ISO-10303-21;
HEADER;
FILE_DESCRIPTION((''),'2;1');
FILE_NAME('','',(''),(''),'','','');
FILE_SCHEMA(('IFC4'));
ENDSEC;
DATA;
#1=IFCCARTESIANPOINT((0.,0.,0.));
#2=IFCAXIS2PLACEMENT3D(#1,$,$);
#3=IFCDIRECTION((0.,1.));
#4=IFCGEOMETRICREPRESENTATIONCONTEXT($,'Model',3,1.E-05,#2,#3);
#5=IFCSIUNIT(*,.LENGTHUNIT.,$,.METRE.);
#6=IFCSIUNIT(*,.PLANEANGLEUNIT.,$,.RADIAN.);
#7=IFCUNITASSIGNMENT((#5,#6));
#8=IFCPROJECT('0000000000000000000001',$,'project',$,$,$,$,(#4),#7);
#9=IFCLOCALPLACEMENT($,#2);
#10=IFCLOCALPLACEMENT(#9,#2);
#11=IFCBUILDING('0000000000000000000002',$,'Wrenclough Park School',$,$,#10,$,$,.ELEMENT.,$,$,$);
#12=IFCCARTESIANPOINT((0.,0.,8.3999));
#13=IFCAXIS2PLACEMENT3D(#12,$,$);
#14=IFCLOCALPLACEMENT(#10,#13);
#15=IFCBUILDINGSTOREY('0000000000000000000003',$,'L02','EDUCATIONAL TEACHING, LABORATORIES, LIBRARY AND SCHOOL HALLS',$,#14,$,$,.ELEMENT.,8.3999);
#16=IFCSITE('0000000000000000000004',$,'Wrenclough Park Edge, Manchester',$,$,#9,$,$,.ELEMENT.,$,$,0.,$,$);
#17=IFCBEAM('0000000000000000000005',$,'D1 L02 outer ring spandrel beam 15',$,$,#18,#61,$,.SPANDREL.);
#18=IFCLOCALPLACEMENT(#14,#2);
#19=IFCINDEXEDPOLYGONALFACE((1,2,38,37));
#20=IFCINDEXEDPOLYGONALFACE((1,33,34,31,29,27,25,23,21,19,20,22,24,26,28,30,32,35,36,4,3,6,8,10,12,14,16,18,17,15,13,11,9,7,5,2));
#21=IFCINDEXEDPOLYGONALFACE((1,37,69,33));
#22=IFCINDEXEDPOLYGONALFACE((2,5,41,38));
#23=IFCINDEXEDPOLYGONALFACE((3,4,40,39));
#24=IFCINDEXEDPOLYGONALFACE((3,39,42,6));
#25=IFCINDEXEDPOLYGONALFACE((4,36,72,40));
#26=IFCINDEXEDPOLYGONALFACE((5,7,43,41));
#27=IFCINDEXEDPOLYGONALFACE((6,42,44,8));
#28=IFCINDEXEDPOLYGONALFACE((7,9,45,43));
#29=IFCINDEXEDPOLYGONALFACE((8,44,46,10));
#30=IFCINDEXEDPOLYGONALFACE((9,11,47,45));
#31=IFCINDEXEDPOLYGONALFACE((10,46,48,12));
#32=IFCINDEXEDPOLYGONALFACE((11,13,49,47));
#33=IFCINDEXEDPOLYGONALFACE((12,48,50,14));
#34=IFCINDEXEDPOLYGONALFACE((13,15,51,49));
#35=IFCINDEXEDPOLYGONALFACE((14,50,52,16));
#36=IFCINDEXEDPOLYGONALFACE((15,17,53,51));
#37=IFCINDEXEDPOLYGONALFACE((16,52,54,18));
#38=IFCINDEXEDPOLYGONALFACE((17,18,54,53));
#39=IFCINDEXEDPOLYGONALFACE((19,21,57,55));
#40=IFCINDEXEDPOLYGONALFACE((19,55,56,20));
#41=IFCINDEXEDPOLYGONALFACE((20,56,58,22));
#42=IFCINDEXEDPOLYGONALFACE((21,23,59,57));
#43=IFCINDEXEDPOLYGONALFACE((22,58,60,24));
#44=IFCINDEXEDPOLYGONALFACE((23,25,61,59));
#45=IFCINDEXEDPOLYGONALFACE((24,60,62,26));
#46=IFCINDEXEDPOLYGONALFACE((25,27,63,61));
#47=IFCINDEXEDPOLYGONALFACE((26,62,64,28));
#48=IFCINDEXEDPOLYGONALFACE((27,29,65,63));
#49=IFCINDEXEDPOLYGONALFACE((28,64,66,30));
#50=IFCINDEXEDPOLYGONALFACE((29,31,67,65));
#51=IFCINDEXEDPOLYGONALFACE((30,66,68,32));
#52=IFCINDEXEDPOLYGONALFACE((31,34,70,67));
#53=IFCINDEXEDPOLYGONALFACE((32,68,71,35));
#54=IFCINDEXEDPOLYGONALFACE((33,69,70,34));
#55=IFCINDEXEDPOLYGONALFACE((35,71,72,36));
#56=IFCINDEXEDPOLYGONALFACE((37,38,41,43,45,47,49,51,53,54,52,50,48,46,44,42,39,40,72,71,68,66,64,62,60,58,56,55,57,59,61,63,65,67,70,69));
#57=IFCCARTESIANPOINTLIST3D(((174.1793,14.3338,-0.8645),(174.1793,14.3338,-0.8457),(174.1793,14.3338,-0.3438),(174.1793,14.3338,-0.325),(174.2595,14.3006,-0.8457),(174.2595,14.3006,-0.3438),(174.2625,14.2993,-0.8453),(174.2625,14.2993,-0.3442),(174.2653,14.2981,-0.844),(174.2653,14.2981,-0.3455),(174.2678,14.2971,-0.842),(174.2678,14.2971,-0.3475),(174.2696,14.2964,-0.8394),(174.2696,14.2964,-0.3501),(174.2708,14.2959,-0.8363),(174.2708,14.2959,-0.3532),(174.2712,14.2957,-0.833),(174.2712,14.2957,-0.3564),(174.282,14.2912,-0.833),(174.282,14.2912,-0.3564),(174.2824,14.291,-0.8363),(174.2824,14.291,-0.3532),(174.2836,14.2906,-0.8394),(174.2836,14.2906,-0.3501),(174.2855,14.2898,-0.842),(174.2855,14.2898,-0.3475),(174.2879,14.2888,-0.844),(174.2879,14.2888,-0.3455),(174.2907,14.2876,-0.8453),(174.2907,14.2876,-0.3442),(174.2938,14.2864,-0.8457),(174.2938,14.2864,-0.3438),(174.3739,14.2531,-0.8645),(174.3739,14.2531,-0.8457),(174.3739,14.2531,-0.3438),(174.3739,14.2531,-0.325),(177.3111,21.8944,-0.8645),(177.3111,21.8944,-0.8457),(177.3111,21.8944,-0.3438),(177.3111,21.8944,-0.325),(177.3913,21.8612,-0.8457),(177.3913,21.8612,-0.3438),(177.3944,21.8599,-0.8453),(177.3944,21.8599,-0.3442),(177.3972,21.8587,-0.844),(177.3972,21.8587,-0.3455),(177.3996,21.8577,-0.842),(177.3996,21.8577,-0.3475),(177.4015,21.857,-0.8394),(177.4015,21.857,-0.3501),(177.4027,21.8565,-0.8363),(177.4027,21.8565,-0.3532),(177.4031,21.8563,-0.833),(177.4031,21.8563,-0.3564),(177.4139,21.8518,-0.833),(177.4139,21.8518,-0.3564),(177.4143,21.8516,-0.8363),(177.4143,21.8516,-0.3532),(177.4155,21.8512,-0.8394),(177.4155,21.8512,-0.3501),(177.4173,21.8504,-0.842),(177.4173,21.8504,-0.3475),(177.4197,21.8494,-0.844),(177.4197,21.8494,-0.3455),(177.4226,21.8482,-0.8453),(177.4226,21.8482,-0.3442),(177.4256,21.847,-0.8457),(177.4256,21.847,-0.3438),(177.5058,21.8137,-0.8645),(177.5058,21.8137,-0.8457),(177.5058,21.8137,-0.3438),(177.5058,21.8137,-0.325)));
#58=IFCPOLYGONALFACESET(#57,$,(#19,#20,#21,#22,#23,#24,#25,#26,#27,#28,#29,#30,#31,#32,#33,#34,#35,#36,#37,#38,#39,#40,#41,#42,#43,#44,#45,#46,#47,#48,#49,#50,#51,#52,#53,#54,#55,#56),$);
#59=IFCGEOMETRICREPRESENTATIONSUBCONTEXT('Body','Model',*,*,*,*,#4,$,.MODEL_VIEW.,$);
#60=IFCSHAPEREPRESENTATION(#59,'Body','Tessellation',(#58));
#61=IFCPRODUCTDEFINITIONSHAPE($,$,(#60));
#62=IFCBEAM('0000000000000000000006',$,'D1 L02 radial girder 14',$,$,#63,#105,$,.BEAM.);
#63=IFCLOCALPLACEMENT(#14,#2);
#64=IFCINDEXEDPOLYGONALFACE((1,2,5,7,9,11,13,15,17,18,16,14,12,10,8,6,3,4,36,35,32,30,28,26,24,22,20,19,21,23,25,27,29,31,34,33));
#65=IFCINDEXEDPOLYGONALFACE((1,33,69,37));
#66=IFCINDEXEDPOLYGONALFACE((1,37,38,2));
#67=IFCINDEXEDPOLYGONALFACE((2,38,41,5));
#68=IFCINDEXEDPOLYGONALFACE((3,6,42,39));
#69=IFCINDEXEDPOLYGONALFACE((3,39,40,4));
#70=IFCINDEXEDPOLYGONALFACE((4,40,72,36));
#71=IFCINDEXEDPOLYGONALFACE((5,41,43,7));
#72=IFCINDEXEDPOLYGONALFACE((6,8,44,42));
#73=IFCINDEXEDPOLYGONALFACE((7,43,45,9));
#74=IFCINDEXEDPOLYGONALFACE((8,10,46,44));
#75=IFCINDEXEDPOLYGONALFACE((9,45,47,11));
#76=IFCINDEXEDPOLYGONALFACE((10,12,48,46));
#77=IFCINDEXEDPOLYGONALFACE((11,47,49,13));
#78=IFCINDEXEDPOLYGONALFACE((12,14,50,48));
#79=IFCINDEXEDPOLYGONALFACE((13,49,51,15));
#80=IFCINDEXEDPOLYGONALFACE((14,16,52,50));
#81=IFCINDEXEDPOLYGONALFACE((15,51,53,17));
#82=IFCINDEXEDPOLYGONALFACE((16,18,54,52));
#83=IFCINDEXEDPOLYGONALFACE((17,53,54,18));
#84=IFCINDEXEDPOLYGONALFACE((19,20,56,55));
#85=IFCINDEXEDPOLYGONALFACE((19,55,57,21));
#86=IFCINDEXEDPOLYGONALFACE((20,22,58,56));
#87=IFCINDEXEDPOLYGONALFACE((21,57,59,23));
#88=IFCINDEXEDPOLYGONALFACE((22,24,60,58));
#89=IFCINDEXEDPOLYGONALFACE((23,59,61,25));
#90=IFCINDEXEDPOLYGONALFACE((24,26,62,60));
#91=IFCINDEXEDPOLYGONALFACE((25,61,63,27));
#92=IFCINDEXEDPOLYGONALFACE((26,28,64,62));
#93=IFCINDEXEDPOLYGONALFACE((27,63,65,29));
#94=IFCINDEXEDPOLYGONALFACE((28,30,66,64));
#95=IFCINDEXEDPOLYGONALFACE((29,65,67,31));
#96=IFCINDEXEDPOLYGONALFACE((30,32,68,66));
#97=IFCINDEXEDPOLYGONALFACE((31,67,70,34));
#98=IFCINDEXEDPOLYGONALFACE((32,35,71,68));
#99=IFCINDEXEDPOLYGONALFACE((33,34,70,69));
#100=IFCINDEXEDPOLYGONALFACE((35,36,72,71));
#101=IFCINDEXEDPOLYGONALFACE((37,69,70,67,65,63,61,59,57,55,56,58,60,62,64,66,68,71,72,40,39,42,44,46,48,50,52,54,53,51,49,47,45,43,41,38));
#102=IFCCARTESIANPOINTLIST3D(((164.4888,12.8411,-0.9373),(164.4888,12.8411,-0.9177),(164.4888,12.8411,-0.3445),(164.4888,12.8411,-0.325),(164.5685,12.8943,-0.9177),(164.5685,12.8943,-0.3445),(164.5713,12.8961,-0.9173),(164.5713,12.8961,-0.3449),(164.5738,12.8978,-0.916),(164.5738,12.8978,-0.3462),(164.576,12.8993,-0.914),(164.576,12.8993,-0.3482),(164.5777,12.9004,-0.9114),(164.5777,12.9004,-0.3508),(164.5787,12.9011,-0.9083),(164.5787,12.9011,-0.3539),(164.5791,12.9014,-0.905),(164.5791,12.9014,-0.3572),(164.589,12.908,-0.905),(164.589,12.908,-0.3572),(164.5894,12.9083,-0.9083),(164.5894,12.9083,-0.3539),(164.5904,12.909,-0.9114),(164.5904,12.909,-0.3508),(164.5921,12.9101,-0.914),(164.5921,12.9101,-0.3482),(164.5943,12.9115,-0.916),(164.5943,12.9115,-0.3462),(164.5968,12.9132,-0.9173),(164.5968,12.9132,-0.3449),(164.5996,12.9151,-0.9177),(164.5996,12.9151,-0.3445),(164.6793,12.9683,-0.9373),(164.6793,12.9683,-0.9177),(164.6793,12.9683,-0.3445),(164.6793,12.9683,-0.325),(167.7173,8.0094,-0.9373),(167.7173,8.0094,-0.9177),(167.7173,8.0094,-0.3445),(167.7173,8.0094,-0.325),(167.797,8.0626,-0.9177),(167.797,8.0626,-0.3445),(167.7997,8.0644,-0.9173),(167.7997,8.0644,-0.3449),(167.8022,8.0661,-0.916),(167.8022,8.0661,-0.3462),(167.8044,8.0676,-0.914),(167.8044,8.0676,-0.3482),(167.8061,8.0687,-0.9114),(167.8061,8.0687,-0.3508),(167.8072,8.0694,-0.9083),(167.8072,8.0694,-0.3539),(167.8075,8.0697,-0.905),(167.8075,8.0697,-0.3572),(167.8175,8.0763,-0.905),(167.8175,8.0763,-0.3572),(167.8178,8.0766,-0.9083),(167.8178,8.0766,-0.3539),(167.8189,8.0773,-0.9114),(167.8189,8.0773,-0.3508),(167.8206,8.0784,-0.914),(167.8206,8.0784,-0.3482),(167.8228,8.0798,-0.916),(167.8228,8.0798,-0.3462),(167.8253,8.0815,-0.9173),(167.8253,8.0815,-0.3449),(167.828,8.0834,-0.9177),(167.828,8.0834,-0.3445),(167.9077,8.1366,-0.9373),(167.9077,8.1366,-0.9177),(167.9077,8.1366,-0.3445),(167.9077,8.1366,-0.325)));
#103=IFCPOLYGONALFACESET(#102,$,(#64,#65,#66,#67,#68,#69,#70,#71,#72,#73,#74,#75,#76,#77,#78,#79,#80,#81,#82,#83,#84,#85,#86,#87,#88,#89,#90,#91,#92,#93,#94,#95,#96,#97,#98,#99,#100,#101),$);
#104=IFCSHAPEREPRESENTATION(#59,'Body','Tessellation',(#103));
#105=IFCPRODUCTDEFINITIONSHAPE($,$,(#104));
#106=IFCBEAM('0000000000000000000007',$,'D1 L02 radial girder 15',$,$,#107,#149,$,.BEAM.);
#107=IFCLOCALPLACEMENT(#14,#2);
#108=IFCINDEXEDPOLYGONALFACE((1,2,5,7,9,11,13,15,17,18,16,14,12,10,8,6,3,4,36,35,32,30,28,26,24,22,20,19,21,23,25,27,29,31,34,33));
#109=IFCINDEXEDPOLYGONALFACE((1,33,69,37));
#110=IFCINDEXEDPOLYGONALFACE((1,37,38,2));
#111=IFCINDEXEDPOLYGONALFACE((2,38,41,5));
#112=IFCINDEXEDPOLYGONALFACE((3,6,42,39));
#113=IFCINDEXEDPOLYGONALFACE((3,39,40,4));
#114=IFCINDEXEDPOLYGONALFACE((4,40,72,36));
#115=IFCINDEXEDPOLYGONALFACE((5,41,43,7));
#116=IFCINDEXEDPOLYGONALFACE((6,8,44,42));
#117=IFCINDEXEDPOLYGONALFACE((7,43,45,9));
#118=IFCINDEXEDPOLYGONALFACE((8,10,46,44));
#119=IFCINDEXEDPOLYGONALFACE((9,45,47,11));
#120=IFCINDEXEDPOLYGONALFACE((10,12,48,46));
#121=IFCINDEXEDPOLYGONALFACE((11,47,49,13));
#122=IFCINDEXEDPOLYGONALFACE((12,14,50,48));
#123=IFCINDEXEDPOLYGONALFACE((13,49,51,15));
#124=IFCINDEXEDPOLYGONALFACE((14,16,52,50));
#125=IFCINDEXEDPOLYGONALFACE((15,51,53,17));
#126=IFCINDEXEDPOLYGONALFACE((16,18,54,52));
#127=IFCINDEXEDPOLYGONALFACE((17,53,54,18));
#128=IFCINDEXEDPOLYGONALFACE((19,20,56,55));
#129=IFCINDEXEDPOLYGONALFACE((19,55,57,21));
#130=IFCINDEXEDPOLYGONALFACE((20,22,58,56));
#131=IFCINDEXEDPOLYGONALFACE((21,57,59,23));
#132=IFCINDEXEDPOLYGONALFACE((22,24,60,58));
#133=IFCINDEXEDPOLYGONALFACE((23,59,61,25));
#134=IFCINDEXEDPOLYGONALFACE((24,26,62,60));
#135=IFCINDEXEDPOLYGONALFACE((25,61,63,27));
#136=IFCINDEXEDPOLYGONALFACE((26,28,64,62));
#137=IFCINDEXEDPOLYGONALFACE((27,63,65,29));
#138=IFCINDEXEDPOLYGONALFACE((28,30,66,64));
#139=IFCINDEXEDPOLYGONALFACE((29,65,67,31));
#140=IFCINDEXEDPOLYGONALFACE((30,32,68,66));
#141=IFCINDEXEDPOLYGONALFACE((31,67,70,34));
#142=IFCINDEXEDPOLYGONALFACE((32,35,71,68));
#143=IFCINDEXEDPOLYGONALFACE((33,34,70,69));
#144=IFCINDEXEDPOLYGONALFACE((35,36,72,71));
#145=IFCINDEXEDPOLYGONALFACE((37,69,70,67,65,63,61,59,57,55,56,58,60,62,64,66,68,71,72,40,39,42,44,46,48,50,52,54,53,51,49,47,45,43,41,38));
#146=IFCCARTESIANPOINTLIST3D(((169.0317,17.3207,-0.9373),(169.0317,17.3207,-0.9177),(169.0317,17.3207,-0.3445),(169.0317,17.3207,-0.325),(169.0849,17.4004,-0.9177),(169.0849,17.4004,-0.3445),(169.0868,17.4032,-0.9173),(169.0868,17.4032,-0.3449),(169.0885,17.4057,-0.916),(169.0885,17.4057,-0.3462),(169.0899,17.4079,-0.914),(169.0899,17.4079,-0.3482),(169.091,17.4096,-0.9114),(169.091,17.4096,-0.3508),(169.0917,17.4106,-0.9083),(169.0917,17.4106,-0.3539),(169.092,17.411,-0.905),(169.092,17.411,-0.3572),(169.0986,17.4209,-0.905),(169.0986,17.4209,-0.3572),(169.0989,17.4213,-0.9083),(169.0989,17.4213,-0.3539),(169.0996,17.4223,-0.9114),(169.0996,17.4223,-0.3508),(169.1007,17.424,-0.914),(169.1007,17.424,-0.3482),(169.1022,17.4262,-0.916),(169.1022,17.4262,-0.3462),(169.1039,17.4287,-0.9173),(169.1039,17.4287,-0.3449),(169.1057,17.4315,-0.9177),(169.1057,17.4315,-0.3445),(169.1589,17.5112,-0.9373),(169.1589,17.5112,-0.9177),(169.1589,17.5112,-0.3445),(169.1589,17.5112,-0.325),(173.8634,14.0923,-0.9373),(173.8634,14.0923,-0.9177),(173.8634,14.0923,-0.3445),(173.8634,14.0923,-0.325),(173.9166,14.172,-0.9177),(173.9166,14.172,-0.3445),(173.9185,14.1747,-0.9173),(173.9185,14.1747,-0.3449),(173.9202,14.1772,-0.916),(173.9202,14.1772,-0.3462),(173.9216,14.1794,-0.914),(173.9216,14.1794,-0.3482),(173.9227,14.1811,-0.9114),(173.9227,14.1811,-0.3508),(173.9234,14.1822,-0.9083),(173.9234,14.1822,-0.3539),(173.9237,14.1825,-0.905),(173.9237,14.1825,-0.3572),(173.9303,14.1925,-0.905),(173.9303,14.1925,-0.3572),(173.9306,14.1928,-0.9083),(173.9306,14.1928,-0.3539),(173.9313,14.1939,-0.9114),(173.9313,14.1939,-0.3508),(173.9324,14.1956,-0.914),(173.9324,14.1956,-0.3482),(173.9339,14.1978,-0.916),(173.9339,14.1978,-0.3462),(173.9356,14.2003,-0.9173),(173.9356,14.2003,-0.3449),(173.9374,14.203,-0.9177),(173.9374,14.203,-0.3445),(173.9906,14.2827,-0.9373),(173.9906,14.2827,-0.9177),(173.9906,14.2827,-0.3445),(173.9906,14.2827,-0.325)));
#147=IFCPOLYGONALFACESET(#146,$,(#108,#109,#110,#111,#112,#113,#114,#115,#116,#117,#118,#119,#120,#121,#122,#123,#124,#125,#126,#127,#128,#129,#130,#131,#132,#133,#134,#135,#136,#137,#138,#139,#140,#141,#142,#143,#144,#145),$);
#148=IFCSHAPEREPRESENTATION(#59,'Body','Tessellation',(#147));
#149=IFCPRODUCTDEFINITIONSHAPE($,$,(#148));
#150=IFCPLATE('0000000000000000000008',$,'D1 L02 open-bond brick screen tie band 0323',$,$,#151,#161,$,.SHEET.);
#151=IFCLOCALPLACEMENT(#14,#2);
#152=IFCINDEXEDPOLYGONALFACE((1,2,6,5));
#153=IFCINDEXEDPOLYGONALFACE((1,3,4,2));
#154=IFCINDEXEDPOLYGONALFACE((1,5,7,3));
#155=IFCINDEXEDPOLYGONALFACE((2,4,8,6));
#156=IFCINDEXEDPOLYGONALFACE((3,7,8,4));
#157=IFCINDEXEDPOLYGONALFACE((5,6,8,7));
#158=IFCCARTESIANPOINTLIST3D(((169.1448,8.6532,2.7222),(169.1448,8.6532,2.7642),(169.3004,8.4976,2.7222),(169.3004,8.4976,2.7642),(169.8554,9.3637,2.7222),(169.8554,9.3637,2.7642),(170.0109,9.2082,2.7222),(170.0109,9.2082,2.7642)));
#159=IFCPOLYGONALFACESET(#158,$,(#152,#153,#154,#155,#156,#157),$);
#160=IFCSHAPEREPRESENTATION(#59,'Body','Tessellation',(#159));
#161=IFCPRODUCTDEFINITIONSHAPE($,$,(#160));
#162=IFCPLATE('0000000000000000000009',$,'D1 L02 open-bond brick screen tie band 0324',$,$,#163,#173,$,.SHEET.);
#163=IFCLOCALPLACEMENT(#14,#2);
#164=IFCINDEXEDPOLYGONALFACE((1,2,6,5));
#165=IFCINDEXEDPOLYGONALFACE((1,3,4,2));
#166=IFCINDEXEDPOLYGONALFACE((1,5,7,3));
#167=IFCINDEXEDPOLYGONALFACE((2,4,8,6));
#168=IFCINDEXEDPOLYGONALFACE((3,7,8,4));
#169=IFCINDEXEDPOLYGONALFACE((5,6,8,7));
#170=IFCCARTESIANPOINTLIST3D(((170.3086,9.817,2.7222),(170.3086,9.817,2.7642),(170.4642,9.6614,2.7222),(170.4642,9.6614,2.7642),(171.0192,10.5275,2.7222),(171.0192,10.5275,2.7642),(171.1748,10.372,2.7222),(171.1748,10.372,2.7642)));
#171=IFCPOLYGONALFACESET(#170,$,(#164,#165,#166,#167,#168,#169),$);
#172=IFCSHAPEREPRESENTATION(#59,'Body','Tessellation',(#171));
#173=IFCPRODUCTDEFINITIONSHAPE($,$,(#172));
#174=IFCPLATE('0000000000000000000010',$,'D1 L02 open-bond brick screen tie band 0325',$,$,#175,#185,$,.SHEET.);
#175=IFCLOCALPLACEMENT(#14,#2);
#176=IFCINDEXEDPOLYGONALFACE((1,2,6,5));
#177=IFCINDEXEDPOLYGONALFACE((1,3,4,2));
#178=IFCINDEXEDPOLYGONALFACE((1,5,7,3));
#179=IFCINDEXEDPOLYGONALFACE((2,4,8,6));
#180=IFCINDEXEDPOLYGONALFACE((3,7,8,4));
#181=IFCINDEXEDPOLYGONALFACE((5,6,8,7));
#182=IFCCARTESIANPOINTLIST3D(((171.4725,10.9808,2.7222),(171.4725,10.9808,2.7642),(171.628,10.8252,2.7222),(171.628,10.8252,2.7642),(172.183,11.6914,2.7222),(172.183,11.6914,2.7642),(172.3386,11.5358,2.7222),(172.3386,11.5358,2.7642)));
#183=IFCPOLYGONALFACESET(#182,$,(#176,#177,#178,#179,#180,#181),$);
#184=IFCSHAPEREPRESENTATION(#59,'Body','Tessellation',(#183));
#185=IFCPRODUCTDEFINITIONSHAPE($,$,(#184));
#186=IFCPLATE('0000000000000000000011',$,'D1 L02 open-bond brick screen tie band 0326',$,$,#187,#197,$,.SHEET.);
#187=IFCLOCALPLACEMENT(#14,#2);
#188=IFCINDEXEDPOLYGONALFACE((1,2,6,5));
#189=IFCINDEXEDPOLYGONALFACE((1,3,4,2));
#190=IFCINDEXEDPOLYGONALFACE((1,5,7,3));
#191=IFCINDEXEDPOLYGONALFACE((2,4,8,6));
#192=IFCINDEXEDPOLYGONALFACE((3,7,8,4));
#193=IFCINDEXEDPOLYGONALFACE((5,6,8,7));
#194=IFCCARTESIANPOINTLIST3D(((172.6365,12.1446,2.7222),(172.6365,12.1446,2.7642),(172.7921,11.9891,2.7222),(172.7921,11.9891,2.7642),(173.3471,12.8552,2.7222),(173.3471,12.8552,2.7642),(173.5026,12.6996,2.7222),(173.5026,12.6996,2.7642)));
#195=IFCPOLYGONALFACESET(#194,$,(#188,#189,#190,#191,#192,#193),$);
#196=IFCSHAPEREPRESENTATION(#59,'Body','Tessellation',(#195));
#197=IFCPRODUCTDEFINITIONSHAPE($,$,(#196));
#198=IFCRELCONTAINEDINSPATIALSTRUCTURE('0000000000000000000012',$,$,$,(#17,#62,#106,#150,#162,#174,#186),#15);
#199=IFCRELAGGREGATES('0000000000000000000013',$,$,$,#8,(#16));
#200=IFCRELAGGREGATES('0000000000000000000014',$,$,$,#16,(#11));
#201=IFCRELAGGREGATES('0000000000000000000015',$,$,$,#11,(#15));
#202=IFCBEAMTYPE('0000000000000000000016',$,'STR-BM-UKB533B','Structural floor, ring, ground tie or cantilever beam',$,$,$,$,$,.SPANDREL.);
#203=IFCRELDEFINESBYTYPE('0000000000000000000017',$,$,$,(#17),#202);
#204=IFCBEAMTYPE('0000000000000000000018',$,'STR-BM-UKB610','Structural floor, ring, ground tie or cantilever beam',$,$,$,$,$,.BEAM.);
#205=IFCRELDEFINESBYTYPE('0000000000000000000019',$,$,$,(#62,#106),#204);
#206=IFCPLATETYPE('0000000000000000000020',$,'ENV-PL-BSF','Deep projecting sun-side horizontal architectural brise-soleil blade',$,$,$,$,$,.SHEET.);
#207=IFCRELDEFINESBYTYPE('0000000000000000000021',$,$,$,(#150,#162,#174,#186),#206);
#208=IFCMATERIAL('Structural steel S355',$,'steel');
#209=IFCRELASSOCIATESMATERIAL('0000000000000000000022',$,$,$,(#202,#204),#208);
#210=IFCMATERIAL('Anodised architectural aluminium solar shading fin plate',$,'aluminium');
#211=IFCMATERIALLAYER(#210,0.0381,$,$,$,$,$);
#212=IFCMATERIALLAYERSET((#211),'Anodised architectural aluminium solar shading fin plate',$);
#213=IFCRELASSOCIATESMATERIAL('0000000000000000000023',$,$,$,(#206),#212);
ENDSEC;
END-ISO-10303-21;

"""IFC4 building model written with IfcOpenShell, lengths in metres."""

from ifc_helpers import new_model, si_unit, direction, frame, origin, origin_2d, place, context, subcontext, project, spatial, rectangle, i_section, extrude, material, layer, layer_set, material_profile, profile_set, type_object, element, save


model = new_model("IFC4")

# Units and contexts
model_context = context("Model", 3, precision=1e-05, world=origin(), true_north=direction((0.0, 1.0)))
body_context = subcontext(model_context, "Body", "Model", "MODEL_VIEW")
ifc_project = project(units=[si_unit("LENGTHUNIT", "METRE"), si_unit("PLANEANGLEUNIT", "RADIAN")], contexts=[model_context])

# Site, building, storey
site_placement = place(None, origin())
site = spatial("IfcSite", under=ifc_project, at=site_placement, Name="Wrenclough Park Edge, Manchester", CompositionType="ELEMENT", RefElevation=0.0)
building_placement = place(site_placement, origin())
building = spatial("IfcBuilding", under=site, at=building_placement, Name="Wrenclough Park School", CompositionType="ELEMENT")
storey_placement = place(building_placement, frame((0.0, 0.0, 8.3999)))
storey = spatial("IfcBuildingStorey", under=building, at=storey_placement, Name="L02", Description="EDUCATIONAL TEACHING, LABORATORIES, LIBRARY AND SCHOOL HALLS", CompositionType="ELEMENT", Elevation=8.3999)

# Beams
ifc_material_1 = material(Name="Structural steel S355", Category="steel")
ifc_material_profile_1 = material_profile(ifc_material_1, i_section(OverallWidth=0.2107, OverallDepth=0.5396, WebThickness=0.0117, FlangeThickness=0.0188, FilletRadius=0.0127, at=origin_2d()), Name="UKB 533x210x109")
ifc_profile_set_1 = profile_set([ifc_material_profile_1], Name="Structural steel S355")
beam_type_1 = type_object("IfcBeamType", Name="STR-BM-UKB533B", Description="Structural floor, ring, ground tie or cantilever beam", PredefinedType="SPANDREL", material=ifc_profile_set_1)
for number, where, z_axis, x_axis, name in (
    (1, (174.2766, 14.2935, -0.5947), (0.3827, 0.923873, 0.0), (-0.923873, 0.3827, 0.0), "D1 L02 outer ring spandrel beam 15"),
):
    element("IfcBeam", number, at=place(storey_placement, frame(where, z_axis=z_axis, x_axis=x_axis)), inside=storey, type_object=beam_type_1, Name=name, PredefinedType="SPANDREL", context=body_context, shape_type="SweptSolid", body=[
        extrude(i_section(OverallWidth=0.2107, OverallDepth=0.5396, WebThickness=0.0117, FlangeThickness=0.0188, FilletRadius=0.0127, at=origin_2d()), origin(), (0.0, 0.0, 1.0), 8.1836),
    ])
ifc_material_profile_2 = material_profile(ifc_material_1, i_section(OverallWidth=0.229, OverallDepth=0.6123, WebThickness=0.012, FlangeThickness=0.0195, FilletRadius=0.0127, at=origin_2d()), Name="UKB 610x229x125")
ifc_profile_set_2 = profile_set([ifc_material_profile_2], Name="Structural steel S355")
beam_type_2 = type_object("IfcBeamType", Name="STR-BM-UKB610", Description="Structural floor, ring, ground tie or cantilever beam", PredefinedType="BEAM", material=ifc_profile_set_2)
for number, where, z_axis, x_axis, name in (
    (2, (167.8125, 8.073, -0.6311), (-0.555572, 0.831468, 0.0), (-0.831468, -0.555572, 0.0), "D1 L02 radial girder 14"),
    (3, (173.927, 14.1875, -0.6311), (-0.831468, 0.555572, 0.0), (-0.555572, -0.831468, 0.0), "D1 L02 radial girder 15"),
):
    element("IfcBeam", number, at=place(storey_placement, frame(where, z_axis=z_axis, x_axis=x_axis)), inside=storey, type_object=beam_type_2, Name=name, PredefinedType="BEAM", context=body_context, shape_type="SweptSolid", body=[
        extrude(i_section(OverallWidth=0.229, OverallDepth=0.6123, WebThickness=0.012, FlangeThickness=0.0195, FilletRadius=0.0127, at=origin_2d()), origin(), (0.0, 0.0, 1.0), 5.811),
    ])

# Plates
ifc_material_2 = material(Name="Anodised architectural aluminium solar shading fin plate", Category="aluminium")
ifc_layer_1 = layer(ifc_material_2, 0.0381)
ifc_layer_set_1 = layer_set([ifc_layer_1], Name="Anodised architectural aluminium solar shading fin plate")
plate_type = type_object("IfcPlateType", Name="ENV-PL-BSF", Description="Deep projecting sun-side horizontal architectural brise-soleil blade", PredefinedType="SHEET", material=ifc_layer_set_1)
for number, where, z_axis, x_axis, name in (
    (4, (169.5779, 8.9307, 2.7222), (0.0, 0.0, 1.0), (0.707107, 0.707107, 0.0), "D1 L02 open-bond brick screen tie band 0323"),
    (5, (170.7417, 10.0945, 2.7222), (0.0, 0.0, 1.0), (0.707107, 0.707107, 0.0), "D1 L02 open-bond brick screen tie band 0324"),
    (6, (171.9055, 11.2583, 2.7222), (0.0, 0.0, 1.0), (0.707107, 0.707107, 0.0), "D1 L02 open-bond brick screen tie band 0325"),
    (7, (173.0696, 12.4221, 2.7222), (0.0, 0.0, 1.0), (0.707107, 0.707107, 0.0), "D1 L02 open-bond brick screen tie band 0326"),
):
    element("IfcPlate", number, at=place(storey_placement, frame(where, z_axis=z_axis, x_axis=x_axis)), inside=storey, type_object=plate_type, Name=name, PredefinedType="SHEET", context=body_context, shape_type="SweptSolid", body=[
        extrude(rectangle(XDim=1.0049, YDim=0.22, at=origin_2d()), origin(), (0.0, 0.0, 1.0), 0.042),
    ])

save(model, "model.ifc")
